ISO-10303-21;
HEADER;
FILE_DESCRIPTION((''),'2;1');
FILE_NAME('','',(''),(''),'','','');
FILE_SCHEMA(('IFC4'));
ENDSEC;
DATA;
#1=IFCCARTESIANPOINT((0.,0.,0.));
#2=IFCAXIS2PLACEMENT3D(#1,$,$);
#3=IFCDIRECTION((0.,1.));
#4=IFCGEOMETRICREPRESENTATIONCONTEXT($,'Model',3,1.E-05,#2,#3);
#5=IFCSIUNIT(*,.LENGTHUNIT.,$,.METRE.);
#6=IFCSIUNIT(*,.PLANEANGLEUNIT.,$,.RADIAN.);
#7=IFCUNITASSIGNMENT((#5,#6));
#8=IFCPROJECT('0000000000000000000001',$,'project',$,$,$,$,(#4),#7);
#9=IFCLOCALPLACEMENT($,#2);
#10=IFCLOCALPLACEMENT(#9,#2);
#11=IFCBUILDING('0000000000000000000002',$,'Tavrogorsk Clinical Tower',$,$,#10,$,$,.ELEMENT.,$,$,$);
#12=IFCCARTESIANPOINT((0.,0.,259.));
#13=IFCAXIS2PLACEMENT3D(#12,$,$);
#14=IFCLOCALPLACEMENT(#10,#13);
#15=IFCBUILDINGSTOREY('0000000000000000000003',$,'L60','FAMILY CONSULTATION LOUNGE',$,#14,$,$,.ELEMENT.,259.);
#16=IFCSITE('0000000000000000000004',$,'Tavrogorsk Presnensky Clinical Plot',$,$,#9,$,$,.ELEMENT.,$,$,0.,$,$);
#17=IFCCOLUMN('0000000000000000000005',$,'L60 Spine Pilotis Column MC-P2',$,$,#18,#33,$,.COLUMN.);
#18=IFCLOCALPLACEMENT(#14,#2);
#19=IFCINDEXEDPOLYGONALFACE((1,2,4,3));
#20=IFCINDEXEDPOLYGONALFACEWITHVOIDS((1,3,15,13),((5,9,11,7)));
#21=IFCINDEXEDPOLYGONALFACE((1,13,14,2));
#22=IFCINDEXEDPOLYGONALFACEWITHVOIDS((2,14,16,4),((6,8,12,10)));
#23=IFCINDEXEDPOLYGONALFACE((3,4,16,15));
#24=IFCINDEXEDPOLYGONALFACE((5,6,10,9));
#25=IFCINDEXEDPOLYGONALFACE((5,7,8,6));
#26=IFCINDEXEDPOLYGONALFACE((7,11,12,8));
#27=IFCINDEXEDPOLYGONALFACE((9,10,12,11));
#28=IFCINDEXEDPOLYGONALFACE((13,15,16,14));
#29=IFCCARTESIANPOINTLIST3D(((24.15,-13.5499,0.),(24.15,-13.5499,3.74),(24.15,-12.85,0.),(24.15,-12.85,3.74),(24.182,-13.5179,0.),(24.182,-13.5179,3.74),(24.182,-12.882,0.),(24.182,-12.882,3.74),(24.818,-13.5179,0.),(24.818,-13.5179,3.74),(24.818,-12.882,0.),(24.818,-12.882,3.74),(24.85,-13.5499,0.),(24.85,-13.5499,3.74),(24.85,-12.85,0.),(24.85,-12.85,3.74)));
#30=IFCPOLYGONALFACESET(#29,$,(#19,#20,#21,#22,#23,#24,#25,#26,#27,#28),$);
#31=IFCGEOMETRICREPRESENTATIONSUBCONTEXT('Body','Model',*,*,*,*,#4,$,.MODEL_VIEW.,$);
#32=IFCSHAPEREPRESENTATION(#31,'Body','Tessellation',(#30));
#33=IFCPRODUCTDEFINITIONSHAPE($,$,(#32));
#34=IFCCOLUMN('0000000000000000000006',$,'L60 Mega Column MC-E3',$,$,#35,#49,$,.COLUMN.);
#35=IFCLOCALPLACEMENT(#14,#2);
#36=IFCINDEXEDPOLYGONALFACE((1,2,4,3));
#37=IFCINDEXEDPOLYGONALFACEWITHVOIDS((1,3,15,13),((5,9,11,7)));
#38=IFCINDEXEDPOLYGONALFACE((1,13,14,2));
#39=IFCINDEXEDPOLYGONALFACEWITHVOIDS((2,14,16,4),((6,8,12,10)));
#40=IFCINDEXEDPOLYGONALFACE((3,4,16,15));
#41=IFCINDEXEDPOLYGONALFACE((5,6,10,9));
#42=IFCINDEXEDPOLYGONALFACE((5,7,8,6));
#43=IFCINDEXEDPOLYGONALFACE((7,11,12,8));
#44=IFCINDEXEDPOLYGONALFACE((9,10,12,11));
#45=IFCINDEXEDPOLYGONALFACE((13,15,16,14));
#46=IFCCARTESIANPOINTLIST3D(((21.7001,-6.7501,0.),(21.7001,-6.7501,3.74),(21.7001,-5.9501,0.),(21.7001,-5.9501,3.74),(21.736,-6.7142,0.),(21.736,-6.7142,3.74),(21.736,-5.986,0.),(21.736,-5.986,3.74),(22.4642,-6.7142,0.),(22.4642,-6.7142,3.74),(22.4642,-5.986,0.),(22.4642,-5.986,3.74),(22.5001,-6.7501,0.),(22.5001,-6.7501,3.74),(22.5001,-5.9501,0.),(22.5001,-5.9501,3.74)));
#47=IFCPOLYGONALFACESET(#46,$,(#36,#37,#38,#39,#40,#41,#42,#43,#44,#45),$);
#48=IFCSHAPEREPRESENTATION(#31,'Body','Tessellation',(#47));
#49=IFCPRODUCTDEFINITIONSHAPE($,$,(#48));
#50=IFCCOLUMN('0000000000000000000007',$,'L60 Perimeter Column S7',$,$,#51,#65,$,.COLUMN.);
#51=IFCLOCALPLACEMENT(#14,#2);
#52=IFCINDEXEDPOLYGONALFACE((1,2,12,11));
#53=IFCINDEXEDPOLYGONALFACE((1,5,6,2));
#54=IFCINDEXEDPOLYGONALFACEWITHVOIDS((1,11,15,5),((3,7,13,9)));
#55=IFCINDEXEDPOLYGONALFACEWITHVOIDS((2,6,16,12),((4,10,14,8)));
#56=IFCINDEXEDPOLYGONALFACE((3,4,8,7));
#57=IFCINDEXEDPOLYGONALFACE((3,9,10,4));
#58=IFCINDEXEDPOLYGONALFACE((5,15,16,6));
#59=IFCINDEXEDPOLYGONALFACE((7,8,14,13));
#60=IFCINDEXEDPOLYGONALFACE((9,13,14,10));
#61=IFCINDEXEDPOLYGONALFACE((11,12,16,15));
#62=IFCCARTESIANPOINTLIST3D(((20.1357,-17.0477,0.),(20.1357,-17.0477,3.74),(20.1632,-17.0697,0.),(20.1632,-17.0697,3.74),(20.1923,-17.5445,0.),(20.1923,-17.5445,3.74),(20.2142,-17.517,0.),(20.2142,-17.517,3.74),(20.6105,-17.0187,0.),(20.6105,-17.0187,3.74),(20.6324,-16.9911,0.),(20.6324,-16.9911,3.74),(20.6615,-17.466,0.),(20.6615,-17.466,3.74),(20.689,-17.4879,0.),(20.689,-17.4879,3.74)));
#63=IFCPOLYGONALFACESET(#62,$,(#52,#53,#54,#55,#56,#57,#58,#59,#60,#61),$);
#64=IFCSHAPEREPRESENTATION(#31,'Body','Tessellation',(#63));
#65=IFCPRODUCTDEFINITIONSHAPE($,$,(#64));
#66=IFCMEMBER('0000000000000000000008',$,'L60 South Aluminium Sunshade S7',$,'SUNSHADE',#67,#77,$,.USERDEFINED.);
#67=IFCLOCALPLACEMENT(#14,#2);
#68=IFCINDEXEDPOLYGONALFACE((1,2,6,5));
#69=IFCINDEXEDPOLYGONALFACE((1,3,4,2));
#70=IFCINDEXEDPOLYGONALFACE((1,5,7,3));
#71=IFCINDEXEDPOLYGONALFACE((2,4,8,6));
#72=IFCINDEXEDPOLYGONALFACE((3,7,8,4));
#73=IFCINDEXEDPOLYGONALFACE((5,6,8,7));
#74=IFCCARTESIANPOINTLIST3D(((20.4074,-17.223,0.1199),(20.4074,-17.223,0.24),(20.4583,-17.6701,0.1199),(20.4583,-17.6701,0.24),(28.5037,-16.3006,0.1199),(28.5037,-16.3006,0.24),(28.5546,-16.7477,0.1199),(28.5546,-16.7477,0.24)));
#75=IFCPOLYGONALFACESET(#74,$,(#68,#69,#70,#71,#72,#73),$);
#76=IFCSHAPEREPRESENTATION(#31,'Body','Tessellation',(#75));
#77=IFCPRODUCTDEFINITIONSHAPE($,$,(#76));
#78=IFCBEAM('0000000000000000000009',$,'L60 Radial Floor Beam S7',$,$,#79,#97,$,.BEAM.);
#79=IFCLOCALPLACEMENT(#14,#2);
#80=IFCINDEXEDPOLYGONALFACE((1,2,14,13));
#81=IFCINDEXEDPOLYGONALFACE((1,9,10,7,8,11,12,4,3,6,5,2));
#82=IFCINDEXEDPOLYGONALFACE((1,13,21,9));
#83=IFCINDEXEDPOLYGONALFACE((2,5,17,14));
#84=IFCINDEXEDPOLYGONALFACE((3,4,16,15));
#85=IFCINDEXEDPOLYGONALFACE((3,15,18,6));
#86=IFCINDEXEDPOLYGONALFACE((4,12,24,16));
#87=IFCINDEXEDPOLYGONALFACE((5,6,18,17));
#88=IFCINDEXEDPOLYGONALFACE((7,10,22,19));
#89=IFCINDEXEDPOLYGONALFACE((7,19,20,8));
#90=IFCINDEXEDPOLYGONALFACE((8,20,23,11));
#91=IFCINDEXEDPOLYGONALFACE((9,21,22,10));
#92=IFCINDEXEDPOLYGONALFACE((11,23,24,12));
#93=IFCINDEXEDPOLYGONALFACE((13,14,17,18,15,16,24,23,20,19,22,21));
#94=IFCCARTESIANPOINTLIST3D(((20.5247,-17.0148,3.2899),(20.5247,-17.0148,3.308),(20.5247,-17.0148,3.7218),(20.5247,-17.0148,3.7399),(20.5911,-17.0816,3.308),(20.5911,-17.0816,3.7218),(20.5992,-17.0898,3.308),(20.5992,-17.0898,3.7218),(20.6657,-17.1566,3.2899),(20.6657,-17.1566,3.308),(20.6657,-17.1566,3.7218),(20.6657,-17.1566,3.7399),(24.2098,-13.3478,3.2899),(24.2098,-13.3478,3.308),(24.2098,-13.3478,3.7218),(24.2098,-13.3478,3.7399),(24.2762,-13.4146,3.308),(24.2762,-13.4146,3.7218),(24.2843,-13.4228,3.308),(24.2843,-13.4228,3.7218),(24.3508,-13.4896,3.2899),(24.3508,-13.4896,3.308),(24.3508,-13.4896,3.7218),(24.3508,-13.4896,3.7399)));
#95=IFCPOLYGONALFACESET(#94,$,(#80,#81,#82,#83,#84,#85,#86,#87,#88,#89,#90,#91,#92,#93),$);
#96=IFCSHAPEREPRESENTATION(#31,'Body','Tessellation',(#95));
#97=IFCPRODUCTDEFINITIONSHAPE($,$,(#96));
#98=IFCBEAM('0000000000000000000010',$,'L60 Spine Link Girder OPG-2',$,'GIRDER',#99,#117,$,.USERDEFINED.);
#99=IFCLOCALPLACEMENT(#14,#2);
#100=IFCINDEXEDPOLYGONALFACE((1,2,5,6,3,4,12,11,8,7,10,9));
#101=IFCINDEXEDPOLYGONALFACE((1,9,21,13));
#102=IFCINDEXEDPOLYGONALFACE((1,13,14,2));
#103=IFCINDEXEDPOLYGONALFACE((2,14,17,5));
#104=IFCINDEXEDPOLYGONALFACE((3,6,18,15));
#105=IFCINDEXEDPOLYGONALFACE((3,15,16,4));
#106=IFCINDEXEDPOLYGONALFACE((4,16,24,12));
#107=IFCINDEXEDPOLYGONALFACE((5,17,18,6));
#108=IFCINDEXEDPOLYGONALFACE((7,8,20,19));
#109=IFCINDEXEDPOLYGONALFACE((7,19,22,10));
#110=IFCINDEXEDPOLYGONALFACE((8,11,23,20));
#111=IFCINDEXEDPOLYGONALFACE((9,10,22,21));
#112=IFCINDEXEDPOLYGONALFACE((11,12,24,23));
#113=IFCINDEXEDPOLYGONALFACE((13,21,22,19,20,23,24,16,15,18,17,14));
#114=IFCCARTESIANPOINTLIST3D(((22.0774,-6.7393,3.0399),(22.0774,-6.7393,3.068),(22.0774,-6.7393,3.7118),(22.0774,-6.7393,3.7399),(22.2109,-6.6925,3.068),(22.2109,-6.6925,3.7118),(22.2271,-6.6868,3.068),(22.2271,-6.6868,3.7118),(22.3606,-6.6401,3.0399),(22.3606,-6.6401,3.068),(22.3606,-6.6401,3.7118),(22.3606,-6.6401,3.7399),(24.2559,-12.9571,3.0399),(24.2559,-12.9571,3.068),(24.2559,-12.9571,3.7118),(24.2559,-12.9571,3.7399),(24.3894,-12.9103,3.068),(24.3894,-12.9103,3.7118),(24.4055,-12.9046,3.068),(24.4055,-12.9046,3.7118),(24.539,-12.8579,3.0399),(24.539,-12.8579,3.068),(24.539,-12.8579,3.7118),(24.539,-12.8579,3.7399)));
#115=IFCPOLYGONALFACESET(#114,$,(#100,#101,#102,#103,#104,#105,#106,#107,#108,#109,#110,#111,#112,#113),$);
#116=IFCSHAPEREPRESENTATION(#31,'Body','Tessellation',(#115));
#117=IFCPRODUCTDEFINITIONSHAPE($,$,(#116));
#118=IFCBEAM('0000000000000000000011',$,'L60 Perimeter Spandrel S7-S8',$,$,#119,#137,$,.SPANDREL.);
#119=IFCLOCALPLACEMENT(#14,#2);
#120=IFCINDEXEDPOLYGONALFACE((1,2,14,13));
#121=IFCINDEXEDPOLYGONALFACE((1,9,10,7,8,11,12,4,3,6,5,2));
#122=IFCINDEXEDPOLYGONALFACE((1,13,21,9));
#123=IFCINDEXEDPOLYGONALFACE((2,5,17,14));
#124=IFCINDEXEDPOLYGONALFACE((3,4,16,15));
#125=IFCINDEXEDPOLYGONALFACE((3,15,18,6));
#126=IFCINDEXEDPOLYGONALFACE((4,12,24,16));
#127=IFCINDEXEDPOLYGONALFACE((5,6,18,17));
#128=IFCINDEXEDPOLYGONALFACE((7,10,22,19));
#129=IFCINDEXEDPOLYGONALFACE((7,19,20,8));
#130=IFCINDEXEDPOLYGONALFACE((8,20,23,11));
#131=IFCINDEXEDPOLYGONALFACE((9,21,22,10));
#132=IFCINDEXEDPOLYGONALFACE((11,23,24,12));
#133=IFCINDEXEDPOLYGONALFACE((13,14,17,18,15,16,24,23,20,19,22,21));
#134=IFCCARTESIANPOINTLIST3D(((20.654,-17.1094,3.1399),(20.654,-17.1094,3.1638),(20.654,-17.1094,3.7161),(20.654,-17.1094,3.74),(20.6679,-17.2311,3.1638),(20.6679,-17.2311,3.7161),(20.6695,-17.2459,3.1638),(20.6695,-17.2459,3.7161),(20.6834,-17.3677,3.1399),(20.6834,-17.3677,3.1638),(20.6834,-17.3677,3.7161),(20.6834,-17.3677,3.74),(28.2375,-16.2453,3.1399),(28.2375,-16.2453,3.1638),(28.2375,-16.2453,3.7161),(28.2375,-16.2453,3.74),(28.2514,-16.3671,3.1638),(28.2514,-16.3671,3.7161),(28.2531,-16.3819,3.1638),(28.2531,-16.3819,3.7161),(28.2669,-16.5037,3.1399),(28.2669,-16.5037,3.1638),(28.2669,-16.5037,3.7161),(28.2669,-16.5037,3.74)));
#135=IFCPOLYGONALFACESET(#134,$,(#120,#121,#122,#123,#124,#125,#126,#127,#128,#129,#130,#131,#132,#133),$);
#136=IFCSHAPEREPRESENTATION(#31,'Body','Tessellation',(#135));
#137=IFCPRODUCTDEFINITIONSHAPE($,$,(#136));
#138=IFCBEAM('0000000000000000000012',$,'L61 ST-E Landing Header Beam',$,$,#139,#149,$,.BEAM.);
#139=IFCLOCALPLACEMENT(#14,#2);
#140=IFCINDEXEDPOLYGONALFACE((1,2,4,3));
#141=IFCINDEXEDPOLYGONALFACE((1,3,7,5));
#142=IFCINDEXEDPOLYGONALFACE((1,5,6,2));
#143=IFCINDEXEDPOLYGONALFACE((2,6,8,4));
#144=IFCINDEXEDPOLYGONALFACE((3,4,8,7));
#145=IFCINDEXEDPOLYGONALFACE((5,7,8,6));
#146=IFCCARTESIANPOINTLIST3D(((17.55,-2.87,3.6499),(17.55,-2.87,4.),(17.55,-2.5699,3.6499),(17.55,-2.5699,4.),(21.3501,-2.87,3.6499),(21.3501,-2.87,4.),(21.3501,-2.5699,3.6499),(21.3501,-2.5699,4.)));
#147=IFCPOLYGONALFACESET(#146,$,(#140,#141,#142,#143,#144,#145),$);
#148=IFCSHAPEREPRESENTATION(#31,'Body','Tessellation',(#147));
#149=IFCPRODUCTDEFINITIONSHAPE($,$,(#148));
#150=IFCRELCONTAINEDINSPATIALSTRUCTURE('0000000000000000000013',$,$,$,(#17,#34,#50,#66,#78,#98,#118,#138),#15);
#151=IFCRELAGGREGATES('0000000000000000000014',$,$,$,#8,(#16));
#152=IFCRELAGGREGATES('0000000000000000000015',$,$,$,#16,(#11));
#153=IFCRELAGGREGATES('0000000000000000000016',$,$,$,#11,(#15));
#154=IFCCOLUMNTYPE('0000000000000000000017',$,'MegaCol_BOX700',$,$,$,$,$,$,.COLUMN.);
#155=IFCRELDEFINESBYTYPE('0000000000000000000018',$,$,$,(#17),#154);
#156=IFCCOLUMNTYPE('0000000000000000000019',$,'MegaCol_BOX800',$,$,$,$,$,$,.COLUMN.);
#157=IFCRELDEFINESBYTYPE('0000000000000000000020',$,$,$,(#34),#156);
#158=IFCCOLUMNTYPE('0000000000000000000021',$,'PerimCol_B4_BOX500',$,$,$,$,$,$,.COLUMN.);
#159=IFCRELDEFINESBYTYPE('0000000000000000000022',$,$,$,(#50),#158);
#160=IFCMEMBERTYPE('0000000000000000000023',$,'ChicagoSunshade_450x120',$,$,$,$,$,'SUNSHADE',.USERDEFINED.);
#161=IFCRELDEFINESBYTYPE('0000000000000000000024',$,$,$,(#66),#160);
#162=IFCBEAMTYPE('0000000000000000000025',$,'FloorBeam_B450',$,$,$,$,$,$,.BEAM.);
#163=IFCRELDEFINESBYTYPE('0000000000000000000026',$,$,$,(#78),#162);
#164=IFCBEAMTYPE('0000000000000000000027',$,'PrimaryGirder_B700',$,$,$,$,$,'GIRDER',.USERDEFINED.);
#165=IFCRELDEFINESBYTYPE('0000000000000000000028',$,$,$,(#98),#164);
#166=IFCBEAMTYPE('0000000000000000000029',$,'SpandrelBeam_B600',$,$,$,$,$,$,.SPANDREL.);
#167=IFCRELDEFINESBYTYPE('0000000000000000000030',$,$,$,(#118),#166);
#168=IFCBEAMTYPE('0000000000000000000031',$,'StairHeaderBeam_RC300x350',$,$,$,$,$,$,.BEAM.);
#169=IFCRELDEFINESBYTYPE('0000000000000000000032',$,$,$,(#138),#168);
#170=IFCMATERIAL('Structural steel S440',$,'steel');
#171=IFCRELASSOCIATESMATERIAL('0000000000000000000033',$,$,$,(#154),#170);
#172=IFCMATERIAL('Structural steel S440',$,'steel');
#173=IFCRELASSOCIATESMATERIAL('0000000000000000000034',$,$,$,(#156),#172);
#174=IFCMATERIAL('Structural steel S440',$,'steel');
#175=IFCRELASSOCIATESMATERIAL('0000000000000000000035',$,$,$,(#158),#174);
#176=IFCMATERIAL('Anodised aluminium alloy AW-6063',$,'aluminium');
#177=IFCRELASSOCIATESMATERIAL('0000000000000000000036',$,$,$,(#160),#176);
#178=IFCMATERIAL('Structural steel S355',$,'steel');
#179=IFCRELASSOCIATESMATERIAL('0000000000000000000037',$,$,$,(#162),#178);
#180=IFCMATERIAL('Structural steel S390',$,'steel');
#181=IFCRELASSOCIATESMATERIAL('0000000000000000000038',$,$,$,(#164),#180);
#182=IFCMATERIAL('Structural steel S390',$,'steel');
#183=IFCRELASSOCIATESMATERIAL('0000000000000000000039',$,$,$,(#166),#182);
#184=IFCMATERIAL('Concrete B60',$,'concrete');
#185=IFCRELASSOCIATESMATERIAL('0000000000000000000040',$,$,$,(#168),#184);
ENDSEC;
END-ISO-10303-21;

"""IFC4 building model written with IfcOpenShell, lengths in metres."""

from ifc_helpers import new_model, si_unit, direction, frame, origin, origin_2d, place, context, subcontext, project, spatial, rectangle, hollow_rectangle, i_section, extrude, material, material_profile, profile_set, type_object, element, save


model = new_model("IFC4")

# Units and contexts
model_context = context("Model", 3, precision=1e-05, world=origin(), true_north=direction((0.0, 1.0)))
body_context = subcontext(model_context, "Body", "Model", "MODEL_VIEW")
ifc_project = project(units=[si_unit("LENGTHUNIT", "METRE"), si_unit("PLANEANGLEUNIT", "RADIAN")], contexts=[model_context])

# Site, building, storey
site_placement = place(None, origin())
site = spatial("IfcSite", under=ifc_project, at=site_placement, Name="Tavrogorsk Presnensky Clinical Plot", CompositionType="ELEMENT", RefElevation=0.0)
building_placement = place(site_placement, origin())
building = spatial("IfcBuilding", under=site, at=building_placement, Name="Tavrogorsk Clinical Tower", CompositionType="ELEMENT")
storey_placement = place(building_placement, frame((0.0, 0.0, 259.0)))
storey = spatial("IfcBuildingStorey", under=building, at=storey_placement, Name="L60", Description="FAMILY CONSULTATION LOUNGE", CompositionType="ELEMENT", Elevation=259.0)

# Columns
ifc_material_1 = material(Name="Structural steel S440", Category="steel")
ifc_material_profile_1 = material_profile(ifc_material_1, hollow_rectangle(XDim=0.7, YDim=0.7, WallThickness=0.032, at=origin_2d()), Name="BOX-700x700x32")
ifc_profile_set_1 = profile_set([ifc_material_profile_1], Name="Structural steel S440")
column_type_1 = type_object("IfcColumnType", Name="MegaCol_BOX700", PredefinedType="COLUMN", material=ifc_profile_set_1)
column_1_placement = place(storey_placement, frame((24.5, -13.2, 0.0), z_axis=(0.0, 0.0, 1.0), x_axis=(1.0, 0.0, 0.0)))
element("IfcColumn", 1, at=column_1_placement, inside=storey, type_object=column_type_1, Name="L60 Spine Pilotis Column MC-P2", PredefinedType="COLUMN", context=body_context, shape_type="SweptSolid", body=[
    extrude(hollow_rectangle(XDim=0.7, YDim=0.7, WallThickness=0.032, at=origin_2d()), origin(), (0.0, 0.0, 1.0), 3.74),
])
ifc_material_2 = material(Name="Structural steel S440", Category="steel")
ifc_material_profile_2 = material_profile(ifc_material_2, hollow_rectangle(XDim=0.8, YDim=0.8, WallThickness=0.0359, at=origin_2d()), Name="BOX-800x800x36")
ifc_profile_set_2 = profile_set([ifc_material_profile_2], Name="Structural steel S440")
column_type_2 = type_object("IfcColumnType", Name="MegaCol_BOX800", PredefinedType="COLUMN", material=ifc_profile_set_2)
column_2_placement = place(storey_placement, frame((22.1001, -6.3501, 0.0), z_axis=(0.0, 0.0, 1.0), x_axis=(1.0, 0.0, 0.0)))
element("IfcColumn", 2, at=column_2_placement, inside=storey, type_object=column_type_2, Name="L60 Mega Column MC-E3", PredefinedType="COLUMN", context=body_context, shape_type="SweptSolid", body=[
    extrude(hollow_rectangle(XDim=0.8, YDim=0.8, WallThickness=0.0359, at=origin_2d()), origin(), (0.0, 0.0, 1.0), 3.74),
])
ifc_material_3 = material(Name="Structural steel S440", Category="steel")
ifc_material_profile_3 = material_profile(ifc_material_3, hollow_rectangle(XDim=0.5, YDim=0.5, WallThickness=0.0249, at=origin_2d()), Name="BOX-500x500x25")
ifc_profile_set_3 = profile_set([ifc_material_profile_3], Name="Structural steel S440")
column_type_3 = type_object("IfcColumnType", Name="PerimCol_B4_BOX500", PredefinedType="COLUMN", material=ifc_profile_set_3)
column_3_placement = place(storey_placement, frame((20.4124, -17.2678, 0.0), z_axis=(0.0, 0.0, 1.0), x_axis=(0.993572, 0.113203, 0.0)))
element("IfcColumn", 3, at=column_3_placement, inside=storey, type_object=column_type_3, Name="L60 Perimeter Column S7", PredefinedType="COLUMN", context=body_context, shape_type="SweptSolid", body=[
    extrude(hollow_rectangle(XDim=0.5, YDim=0.5, WallThickness=0.0249, at=origin_2d()), origin(), (0.0, 0.0, 1.0), 3.74),
])

# Member
ifc_material_4 = material(Name="Anodised aluminium alloy AW-6063", Category="aluminium")
ifc_material_profile_4 = material_profile(ifc_material_4, rectangle(XDim=0.45, YDim=0.1201, at=origin_2d()), Name="ALU-SUNSHADE-450x120")
ifc_profile_set_4 = profile_set([ifc_material_profile_4], Name="Anodised aluminium alloy AW-6063")
member_type = type_object("IfcMemberType", Name="ChicagoSunshade_450x120", ElementType="SUNSHADE", PredefinedType="USERDEFINED", material=ifc_profile_set_4)
member_placement = place(storey_placement, frame((20.4329, -17.4465, 0.1799), z_axis=(0.993573, 0.113193, 0.0), x_axis=(-0.113193, 0.993573, 0.0)))
element("IfcMember", 4, at=member_placement, inside=storey, type_object=member_type, Name="L60 South Aluminium Sunshade S7", ObjectType="SUNSHADE", PredefinedType="USERDEFINED", context=body_context, shape_type="SweptSolid", body=[
    extrude(rectangle(XDim=0.45, YDim=0.1201, at=origin_2d()), origin(), (0.0, 0.0, 1.0), 8.1487),
])

# Beams
ifc_material_5 = material(Name="Structural steel S355", Category="steel")
ifc_material_profile_5 = material_profile(ifc_material_5, i_section(OverallWidth=0.2, OverallDepth=0.45, WebThickness=0.0115, FlangeThickness=0.0181, at=origin_2d()), Name="B-450x200x11.5x18")
ifc_profile_set_5 = profile_set([ifc_material_profile_5], Name="Structural steel S355")
beam_type_1 = type_object("IfcBeamType", Name="FloorBeam_B450", PredefinedType="BEAM", material=ifc_profile_set_5)
beam_1_placement = place(storey_placement, frame((24.2803, -13.4187, 3.5149), z_axis=(-0.708842, -0.705367, 0.0), x_axis=(0.705367, -0.708842, 0.0)))
element("IfcBeam", 5, at=beam_1_placement, inside=storey, type_object=beam_type_1, Name="L60 Radial Floor Beam S7", PredefinedType="BEAM", context=body_context, shape_type="SweptSolid", body=[
    extrude(i_section(OverallWidth=0.2, OverallDepth=0.45, WebThickness=0.0115, FlangeThickness=0.0181, at=origin_2d()), origin(), (0.0, 0.0, 1.0), 5.1987),
])
ifc_material_6 = material(Name="Structural steel S390", Category="steel")
ifc_material_profile_6 = material_profile(ifc_material_6, i_section(OverallWidth=0.3, OverallDepth=0.7, WebThickness=0.0171, FlangeThickness=0.0281, at=origin_2d()), Name="B-700x300x17x28")
ifc_profile_set_6 = profile_set([ifc_material_profile_6], Name="Structural steel S390")
beam_type_2 = type_object("IfcBeamType", Name="PrimaryGirder_B700", ElementType="GIRDER", PredefinedType="USERDEFINED", material=ifc_profile_set_6)
beam_2_placement = place(storey_placement, frame((24.3975, -12.9075, 3.3899), z_axis=(-0.330654, 0.943752, 0.0), x_axis=(-0.943752, -0.330654, 0.0)))
element("IfcBeam", 6, at=beam_2_placement, inside=storey, type_object=beam_type_2, Name="L60 Spine Link Girder OPG-2", ObjectType="GIRDER", PredefinedType="USERDEFINED", context=body_context, shape_type="SweptSolid", body=[
    extrude(i_section(OverallWidth=0.3, OverallDepth=0.7, WebThickness=0.0171, FlangeThickness=0.0281, at=origin_2d()), origin(), (0.0, 0.0, 1.0), 6.5884),
])
ifc_material_7 = material(Name="Structural steel S390", Category="steel")
ifc_material_profile_7 = material_profile(ifc_material_7, i_section(OverallWidth=0.26, OverallDepth=0.6001, WebThickness=0.0149, FlangeThickness=0.0239, at=origin_2d()), Name="B-600x260x15x24")
ifc_profile_set_7 = profile_set([ifc_material_profile_7], Name="Structural steel S390")
beam_type_3 = type_object("IfcBeamType", Name="SpandrelBeam_B600", PredefinedType="SPANDREL", material=ifc_profile_set_7)
beam_3_placement = place(storey_placement, frame((20.6687, -17.2385, 3.4399), z_axis=(0.993572, 0.113201, 0.0), x_axis=(-0.113201, 0.993572, 0.0)))
element("IfcBeam", 7, at=beam_3_placement, inside=storey, type_object=beam_type_3, Name="L60 Perimeter Spandrel S7-S8", PredefinedType="SPANDREL", context=body_context, shape_type="SweptSolid", body=[
    extrude(i_section(OverallWidth=0.26, OverallDepth=0.6001, WebThickness=0.0149, FlangeThickness=0.0239, at=origin_2d()), origin(), (0.0, 0.0, 1.0), 7.6326),
])
ifc_material_8 = material(Name="Concrete B60", Category="concrete")
ifc_material_profile_8 = material_profile(ifc_material_8, rectangle(XDim=0.3, YDim=0.3501, at=origin_2d()), Name="RC-SHB-300x350")
ifc_profile_set_8 = profile_set([ifc_material_profile_8], Name="Concrete B60")
beam_type_4 = type_object("IfcBeamType", Name="StairHeaderBeam_RC300x350", PredefinedType="BEAM", material=ifc_profile_set_8)
beam_4_placement = place(storey_placement, frame((17.55, -2.72, 3.825), z_axis=(1.0, 0.0, 0.0), x_axis=(0.0, 1.0, 0.0)))
element("IfcBeam", 8, at=beam_4_placement, inside=storey, type_object=beam_type_4, Name="L61 ST-E Landing Header Beam", PredefinedType="BEAM", context=body_context, shape_type="SweptSolid", body=[
    extrude(rectangle(XDim=0.3, YDim=0.3501, at=origin_2d()), origin(), (0.0, 0.0, 1.0), 3.8),
])

save(model, "model.ifc")
